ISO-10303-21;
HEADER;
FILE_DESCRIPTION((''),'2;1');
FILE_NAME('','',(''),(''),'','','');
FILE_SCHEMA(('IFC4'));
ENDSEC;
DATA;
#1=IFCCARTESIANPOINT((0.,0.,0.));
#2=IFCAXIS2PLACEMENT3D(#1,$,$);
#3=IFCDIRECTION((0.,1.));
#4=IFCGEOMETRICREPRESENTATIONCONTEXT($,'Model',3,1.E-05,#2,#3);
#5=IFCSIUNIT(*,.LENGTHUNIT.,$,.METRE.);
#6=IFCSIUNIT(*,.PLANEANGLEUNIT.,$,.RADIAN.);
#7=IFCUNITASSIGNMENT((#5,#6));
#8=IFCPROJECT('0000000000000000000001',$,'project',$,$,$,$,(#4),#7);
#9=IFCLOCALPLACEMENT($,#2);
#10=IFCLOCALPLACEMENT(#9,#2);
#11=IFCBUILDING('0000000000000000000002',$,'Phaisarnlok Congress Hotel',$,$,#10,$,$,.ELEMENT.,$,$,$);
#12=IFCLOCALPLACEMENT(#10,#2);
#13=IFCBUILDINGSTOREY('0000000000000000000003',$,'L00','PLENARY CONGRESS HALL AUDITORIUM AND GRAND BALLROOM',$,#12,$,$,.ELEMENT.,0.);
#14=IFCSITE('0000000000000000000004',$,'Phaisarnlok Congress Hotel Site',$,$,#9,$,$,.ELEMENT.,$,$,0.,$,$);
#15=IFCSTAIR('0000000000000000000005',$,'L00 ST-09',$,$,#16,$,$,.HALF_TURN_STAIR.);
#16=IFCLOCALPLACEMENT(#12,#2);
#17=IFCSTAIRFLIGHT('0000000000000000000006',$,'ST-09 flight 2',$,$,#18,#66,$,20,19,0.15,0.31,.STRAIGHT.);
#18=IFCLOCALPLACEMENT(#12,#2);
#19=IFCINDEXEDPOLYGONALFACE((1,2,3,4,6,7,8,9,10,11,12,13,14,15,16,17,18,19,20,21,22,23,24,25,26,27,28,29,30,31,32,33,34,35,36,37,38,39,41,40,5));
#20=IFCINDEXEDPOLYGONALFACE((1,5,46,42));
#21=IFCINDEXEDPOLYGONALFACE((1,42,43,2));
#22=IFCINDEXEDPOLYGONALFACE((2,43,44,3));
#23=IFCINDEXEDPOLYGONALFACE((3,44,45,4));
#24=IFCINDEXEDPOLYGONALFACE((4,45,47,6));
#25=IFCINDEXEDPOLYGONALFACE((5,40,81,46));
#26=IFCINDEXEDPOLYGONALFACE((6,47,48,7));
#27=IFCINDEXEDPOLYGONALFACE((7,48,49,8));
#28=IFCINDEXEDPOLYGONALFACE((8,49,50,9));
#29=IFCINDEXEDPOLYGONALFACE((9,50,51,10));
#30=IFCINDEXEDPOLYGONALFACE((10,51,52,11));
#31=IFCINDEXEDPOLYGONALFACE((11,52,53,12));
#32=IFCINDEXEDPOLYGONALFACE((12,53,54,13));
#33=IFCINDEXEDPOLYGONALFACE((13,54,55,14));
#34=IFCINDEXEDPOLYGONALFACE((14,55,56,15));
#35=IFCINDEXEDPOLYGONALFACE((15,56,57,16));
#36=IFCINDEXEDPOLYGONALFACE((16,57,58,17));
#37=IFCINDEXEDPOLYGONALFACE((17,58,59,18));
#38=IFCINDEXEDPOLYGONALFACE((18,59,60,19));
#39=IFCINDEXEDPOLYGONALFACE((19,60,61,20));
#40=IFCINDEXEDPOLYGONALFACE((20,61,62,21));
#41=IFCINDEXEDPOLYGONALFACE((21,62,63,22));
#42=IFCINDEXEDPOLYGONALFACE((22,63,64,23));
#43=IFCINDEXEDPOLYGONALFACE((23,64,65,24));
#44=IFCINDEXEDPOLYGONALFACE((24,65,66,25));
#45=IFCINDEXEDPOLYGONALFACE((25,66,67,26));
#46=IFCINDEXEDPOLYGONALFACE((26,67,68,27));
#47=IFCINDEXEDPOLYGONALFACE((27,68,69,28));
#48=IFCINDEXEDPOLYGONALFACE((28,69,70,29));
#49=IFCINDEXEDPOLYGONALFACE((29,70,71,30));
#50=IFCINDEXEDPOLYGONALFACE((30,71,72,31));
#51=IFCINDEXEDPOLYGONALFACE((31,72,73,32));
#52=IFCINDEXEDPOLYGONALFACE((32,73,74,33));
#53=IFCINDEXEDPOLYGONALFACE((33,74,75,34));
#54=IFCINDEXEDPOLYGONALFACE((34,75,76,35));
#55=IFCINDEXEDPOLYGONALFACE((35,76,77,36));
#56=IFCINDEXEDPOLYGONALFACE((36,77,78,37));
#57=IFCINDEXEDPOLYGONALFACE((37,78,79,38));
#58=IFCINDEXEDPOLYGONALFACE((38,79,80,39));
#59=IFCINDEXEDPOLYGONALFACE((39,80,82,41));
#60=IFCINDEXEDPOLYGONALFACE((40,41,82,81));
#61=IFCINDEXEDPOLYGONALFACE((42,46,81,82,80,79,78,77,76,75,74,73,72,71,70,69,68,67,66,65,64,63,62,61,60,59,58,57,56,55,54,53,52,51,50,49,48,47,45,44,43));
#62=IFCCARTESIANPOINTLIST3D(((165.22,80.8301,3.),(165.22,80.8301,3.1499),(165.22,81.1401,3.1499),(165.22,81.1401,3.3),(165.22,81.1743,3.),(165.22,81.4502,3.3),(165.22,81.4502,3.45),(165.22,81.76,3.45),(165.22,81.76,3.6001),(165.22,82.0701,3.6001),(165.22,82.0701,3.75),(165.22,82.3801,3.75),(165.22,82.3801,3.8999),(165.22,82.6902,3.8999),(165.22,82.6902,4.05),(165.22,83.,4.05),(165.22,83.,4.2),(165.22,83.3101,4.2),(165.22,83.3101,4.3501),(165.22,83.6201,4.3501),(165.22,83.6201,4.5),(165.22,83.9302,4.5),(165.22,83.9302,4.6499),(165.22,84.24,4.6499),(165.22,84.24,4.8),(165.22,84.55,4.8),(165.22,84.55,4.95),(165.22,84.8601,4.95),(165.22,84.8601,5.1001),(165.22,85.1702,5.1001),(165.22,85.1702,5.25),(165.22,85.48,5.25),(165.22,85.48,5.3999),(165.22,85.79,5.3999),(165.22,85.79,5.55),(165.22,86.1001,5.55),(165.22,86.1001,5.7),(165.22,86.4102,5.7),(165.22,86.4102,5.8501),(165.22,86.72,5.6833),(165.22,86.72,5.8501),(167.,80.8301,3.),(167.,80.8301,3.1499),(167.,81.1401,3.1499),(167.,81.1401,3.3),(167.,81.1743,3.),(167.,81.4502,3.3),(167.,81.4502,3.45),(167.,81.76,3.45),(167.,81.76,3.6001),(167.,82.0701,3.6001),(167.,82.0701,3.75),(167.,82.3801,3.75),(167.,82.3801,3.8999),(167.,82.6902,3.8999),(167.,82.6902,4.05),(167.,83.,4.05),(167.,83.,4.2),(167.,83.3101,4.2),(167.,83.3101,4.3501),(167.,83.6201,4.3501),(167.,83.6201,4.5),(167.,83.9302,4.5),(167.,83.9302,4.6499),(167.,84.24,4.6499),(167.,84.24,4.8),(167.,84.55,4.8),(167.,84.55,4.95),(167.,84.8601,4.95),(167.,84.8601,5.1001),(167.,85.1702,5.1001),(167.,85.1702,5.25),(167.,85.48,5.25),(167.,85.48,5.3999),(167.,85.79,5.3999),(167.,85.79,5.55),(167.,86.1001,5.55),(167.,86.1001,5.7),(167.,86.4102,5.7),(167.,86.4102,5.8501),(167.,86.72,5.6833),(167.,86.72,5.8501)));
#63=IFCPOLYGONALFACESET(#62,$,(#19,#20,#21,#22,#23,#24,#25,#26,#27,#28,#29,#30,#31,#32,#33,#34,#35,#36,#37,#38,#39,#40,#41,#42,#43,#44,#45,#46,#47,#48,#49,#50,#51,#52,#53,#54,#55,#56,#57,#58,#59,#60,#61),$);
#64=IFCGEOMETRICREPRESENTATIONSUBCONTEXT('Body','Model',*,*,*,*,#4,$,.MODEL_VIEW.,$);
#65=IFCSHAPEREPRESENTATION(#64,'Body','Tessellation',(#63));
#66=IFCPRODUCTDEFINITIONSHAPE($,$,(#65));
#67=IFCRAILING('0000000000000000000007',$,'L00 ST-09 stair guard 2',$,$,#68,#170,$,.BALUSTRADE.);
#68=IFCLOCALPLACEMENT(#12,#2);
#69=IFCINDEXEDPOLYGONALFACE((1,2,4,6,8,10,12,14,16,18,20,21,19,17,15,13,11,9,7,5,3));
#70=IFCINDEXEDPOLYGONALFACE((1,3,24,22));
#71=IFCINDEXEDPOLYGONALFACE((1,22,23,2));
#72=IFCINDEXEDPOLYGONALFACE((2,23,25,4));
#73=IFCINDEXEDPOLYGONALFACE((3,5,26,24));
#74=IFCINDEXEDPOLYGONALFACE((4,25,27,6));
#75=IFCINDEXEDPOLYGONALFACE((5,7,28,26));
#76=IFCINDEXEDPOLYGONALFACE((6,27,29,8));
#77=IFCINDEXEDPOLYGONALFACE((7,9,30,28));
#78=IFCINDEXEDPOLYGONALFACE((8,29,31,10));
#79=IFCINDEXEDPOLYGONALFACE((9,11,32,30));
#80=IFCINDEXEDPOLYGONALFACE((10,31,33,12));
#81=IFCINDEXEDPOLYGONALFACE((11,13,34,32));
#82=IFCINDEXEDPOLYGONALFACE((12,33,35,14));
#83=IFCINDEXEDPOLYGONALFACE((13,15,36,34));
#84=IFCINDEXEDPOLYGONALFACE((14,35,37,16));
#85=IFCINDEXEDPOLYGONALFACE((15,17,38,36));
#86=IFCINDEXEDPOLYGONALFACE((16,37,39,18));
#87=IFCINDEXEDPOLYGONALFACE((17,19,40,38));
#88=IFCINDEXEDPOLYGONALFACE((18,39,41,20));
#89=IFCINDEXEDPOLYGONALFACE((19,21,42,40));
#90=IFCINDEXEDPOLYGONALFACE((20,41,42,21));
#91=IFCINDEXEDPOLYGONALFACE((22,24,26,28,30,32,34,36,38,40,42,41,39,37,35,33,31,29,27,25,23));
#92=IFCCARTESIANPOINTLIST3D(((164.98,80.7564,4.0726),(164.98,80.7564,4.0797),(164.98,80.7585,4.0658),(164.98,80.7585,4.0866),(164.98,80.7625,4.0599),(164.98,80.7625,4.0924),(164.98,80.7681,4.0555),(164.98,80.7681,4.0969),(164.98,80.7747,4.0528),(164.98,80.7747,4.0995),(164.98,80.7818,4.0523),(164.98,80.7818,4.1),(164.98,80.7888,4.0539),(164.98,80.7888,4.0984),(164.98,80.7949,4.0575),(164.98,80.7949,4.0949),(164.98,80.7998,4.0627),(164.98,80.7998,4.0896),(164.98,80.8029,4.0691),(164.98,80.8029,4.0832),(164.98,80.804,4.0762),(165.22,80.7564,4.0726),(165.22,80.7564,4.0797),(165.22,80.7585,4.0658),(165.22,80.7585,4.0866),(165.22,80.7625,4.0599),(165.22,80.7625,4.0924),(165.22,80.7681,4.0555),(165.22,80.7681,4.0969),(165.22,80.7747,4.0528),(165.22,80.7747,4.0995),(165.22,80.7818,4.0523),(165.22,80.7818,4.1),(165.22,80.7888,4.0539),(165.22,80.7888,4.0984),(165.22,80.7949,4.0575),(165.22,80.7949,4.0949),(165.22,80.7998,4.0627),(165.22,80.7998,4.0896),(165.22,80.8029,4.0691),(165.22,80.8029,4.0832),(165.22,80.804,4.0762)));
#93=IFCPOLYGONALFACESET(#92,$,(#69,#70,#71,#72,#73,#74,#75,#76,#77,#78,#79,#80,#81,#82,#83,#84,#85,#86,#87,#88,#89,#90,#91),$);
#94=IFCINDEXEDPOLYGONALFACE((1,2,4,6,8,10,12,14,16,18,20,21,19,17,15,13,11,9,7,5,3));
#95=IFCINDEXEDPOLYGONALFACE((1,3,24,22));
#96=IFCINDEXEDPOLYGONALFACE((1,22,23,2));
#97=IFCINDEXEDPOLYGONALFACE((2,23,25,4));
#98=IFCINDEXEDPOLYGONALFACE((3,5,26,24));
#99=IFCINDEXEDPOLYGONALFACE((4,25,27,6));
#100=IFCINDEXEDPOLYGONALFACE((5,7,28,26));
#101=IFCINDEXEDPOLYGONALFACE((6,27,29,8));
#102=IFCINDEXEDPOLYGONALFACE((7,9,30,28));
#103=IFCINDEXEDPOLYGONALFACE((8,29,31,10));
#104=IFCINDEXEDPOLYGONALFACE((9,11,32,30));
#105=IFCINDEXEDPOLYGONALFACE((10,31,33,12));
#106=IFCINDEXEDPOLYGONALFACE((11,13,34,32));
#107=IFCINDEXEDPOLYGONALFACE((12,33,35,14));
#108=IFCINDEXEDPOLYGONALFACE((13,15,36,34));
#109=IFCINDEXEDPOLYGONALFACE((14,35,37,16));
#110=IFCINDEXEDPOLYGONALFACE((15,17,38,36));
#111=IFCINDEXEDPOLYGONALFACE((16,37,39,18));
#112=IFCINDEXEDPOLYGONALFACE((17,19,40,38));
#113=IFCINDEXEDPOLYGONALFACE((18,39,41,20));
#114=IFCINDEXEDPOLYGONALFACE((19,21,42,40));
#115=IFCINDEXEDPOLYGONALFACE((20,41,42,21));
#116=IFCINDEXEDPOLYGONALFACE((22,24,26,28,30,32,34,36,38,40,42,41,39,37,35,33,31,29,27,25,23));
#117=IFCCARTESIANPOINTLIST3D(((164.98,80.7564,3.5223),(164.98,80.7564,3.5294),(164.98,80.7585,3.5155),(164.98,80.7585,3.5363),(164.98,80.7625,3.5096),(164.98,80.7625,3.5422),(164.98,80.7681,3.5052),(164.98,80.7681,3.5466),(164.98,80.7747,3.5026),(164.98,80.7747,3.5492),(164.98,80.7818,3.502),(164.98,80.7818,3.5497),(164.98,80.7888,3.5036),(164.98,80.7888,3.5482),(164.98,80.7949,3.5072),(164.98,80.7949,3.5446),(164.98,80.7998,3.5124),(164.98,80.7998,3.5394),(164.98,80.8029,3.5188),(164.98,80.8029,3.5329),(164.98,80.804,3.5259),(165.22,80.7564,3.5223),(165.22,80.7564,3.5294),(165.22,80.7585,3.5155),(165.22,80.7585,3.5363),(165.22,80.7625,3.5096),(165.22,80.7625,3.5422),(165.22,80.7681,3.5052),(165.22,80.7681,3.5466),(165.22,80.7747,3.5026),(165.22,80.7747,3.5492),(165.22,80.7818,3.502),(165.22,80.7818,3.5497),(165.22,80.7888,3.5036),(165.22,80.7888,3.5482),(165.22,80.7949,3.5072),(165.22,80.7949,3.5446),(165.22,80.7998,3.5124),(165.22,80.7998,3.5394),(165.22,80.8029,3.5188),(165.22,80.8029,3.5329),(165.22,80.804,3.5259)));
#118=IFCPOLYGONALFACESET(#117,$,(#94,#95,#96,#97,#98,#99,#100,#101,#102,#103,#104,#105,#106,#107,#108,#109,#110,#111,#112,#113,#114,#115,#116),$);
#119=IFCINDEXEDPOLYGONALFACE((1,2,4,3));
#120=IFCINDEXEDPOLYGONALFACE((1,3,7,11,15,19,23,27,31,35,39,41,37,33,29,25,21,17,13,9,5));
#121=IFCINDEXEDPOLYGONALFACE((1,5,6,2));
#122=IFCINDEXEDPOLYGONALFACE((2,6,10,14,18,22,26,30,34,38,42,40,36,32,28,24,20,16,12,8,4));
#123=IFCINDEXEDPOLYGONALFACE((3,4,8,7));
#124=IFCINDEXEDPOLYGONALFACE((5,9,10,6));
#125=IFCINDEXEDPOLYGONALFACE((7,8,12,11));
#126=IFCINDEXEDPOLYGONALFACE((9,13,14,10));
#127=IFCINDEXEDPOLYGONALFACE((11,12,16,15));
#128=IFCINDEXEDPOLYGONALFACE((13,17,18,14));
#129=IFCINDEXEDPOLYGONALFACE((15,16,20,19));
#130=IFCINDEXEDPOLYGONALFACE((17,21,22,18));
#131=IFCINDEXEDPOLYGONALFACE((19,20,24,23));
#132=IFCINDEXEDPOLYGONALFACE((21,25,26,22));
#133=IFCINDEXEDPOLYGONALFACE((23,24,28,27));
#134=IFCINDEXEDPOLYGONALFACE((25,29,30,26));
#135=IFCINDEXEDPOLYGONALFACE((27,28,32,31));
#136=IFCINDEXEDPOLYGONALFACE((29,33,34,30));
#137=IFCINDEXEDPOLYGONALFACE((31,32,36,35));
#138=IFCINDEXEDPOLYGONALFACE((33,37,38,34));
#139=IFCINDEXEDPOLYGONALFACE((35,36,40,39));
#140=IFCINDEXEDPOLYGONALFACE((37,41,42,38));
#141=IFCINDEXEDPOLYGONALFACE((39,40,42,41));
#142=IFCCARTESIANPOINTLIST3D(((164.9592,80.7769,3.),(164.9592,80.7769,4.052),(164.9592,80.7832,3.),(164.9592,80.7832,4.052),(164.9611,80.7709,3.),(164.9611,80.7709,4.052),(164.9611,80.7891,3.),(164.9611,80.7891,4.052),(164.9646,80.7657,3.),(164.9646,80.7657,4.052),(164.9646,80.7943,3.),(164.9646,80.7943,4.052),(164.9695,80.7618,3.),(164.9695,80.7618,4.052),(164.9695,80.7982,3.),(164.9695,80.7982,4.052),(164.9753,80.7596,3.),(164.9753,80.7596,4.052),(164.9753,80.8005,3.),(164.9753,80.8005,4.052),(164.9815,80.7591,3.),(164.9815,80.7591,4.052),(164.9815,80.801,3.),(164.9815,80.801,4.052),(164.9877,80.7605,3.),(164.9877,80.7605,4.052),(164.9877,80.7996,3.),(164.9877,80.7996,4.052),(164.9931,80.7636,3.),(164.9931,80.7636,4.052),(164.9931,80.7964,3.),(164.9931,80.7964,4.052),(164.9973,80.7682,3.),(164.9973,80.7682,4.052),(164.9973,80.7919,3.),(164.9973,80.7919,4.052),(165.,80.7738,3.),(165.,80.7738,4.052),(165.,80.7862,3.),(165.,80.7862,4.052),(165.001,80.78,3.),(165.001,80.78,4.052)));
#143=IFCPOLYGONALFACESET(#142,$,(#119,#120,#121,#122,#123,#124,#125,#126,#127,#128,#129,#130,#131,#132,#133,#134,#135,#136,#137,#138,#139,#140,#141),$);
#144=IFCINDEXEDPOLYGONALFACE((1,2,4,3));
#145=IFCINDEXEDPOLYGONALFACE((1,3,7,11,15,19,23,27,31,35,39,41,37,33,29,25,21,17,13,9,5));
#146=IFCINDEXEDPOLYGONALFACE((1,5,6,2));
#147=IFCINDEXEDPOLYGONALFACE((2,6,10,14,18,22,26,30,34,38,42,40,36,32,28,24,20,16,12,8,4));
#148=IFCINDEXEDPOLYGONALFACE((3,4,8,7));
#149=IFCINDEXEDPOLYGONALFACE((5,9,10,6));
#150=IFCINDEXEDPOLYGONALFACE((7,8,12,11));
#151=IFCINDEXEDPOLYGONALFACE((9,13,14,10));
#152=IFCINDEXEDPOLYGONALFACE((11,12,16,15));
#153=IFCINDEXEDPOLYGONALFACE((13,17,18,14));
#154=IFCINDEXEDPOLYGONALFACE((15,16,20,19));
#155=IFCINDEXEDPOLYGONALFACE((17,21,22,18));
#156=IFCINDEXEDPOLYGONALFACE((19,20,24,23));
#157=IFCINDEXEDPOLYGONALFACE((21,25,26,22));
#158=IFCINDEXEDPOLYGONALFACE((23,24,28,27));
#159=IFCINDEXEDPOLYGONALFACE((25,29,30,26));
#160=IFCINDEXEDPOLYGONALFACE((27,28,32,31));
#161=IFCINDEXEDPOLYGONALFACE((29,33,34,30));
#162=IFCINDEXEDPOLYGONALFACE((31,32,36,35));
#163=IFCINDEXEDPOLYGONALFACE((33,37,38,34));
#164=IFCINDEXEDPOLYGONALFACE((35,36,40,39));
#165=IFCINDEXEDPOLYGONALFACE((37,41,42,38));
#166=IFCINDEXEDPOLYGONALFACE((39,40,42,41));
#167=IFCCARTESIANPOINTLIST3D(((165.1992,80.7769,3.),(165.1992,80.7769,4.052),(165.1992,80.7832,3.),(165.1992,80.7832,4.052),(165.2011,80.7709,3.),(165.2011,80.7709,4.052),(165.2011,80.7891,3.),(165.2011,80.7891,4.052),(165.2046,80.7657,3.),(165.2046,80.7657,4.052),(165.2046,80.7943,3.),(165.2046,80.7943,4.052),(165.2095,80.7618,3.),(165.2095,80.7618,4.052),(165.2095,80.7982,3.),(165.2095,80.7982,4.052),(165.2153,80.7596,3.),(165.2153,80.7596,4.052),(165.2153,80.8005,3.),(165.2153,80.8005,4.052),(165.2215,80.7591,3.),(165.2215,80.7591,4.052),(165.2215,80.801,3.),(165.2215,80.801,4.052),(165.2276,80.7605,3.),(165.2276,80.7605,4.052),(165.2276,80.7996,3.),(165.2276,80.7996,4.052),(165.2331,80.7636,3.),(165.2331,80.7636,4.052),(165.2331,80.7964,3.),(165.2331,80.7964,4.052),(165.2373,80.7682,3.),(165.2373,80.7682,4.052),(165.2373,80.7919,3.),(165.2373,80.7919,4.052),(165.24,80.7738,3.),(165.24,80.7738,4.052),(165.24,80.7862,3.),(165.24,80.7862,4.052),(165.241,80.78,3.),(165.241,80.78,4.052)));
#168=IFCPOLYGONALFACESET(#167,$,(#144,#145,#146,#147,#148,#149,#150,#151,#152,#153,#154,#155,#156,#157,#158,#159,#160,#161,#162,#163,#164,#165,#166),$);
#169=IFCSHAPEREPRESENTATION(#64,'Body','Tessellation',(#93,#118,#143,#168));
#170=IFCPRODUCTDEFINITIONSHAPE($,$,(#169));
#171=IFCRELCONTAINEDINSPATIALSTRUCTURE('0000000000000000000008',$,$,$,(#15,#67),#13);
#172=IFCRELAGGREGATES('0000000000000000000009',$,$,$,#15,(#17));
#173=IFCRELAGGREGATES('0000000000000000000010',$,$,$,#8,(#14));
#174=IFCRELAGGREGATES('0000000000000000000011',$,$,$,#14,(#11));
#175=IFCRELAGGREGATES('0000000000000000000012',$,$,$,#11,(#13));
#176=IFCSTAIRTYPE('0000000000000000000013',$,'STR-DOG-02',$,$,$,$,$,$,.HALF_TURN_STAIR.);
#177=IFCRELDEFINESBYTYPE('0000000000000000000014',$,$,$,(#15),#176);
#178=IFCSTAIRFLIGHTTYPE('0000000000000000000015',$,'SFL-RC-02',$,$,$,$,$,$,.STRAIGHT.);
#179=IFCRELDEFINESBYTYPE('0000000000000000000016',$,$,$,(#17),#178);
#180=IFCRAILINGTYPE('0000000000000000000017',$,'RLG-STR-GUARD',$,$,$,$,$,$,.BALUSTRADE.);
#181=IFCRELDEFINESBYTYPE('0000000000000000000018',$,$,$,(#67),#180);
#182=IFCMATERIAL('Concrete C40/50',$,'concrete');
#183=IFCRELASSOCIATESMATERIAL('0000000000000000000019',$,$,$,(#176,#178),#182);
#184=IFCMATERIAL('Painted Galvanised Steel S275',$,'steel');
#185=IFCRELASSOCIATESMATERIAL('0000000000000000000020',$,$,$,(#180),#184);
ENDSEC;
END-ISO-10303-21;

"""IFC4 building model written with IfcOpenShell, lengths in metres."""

from ifc_helpers import new_model, si_unit, direction, frame, origin, origin_2d, place, context, subcontext, project, spatial, polyline, circle, outline, extrude, material, type_object, element, aggregate, save


model = new_model("IFC4")

# Units and contexts
model_context = context("Model", 3, precision=1e-05, world=origin(), true_north=direction((0.0, 1.0)))
body_context = subcontext(model_context, "Body", "Model", "MODEL_VIEW")
ifc_project = project(units=[si_unit("LENGTHUNIT", "METRE"), si_unit("PLANEANGLEUNIT", "RADIAN")], contexts=[model_context])

# Site, building, storey
site_placement = place(None, origin())
site = spatial("IfcSite", under=ifc_project, at=site_placement, Name="Phaisarnlok Congress Hotel Site", CompositionType="ELEMENT", RefElevation=0.0)
building_placement = place(site_placement, origin())
building = spatial("IfcBuilding", under=site, at=building_placement, Name="Phaisarnlok Congress Hotel", CompositionType="ELEMENT")
storey_placement = place(building_placement, origin())
storey = spatial("IfcBuildingStorey", under=building, at=storey_placement, Name="L00", Description="PLENARY CONGRESS HALL AUDITORIUM AND GRAND BALLROOM", CompositionType="ELEMENT", Elevation=0.0)

# Shared definitions
ifc_material_1 = material(Name="Concrete C40/50", Category="concrete")

# Stair, stair flight
stair_type = type_object("IfcStairType", Name="STR-DOG-02", PredefinedType="HALF_TURN_STAIR", material=ifc_material_1)
stair_placement = place(storey_placement, origin())
stair = element("IfcStair", 1, at=stair_placement, inside=storey, type_object=stair_type, Name="L00 ST-09", PredefinedType="HALF_TURN_STAIR")
stair_flight_type = type_object("IfcStairFlightType", Name="SFL-RC-02", PredefinedType="STRAIGHT", material=ifc_material_1)
stair_flight_1_placement = place(storey_placement, frame((166.1101, 80.8301, 3.0), z_axis=(0.0, 0.0, 1.0), x_axis=(0.0, 1.0, 0.0)))
stair_flight_1 = element("IfcStairFlight", 2, at=stair_flight_1_placement, type_object=stair_flight_type, Name="ST-09 flight 2", NumberOfRisers=20, NumberOfTreads=19, PredefinedType="STRAIGHT", RiserHeight=0.15, TreadLength=0.31, context=body_context, shape_type="SweptSolid", body=[
    extrude(outline(polyline([(0.0, 0.0), (0.0, 0.1499), (0.3101, 0.1499), (0.3101, 0.3), (0.6201, 0.3), (0.6201, 0.45), (0.9299, 0.45), (0.9299, 0.6001), (1.24, 0.6001), (1.24, 0.75), (1.55, 0.75), (1.55, 0.8999), (1.8601, 0.8999), (1.8601, 1.05), (2.1699, 1.05), (2.1699, 1.2), (2.48, 1.2), (2.48, 1.3501), (2.79, 1.3501), (2.79, 1.5), (3.1001, 1.5), (3.1001, 1.6499), (3.4099, 1.6499), (3.4099, 1.8), (3.72, 1.8), (3.72, 1.95), (4.03, 1.95), (4.03, 2.1001), (4.3401, 2.1001), (4.3401, 2.25), (4.6499, 2.25), (4.6499, 2.3999), (4.96, 2.3999), (4.96, 2.55), (5.27, 2.55), (5.27, 2.7), (5.5801, 2.7), (5.5801, 2.8501), (5.8899, 2.8501), (5.8899, 3.0), (5.8899, 2.6833), (0.3442, 0.0), (0.0, 0.0)])), frame((0.0, 0.8901, 0.0), z_axis=(0.0, -1.0, 0.0), x_axis=(1.0, 0.0, 0.0)), (0.0, 0.0, 1.0), 1.78),
])
aggregate(stair, [stair_flight_1])

# Railing
ifc_material_2 = material(Name="Painted Galvanised Steel S275", Category="steel")
railing_type_1 = type_object("IfcRailingType", Name="RLG-STR-GUARD", PredefinedType="BALUSTRADE", material=ifc_material_2)
railing_1_placement = place(storey_placement, frame((164.98, 80.78, 3.0)))
element("IfcRailing", 3, at=railing_1_placement, inside=storey, type_object=railing_type_1, Name="L00 ST-09 stair guard 2", PredefinedType="BALUSTRADE", context=body_context, shape_type="SweptSolid", body=[
    extrude(circle(Radius=0.0239, at=origin_2d()), frame((0.0, 0.0, 1.0762), z_axis=(1.0, 0.0, 0.0), x_axis=(0.0, 1.0, 0.0)), (0.0, 0.0, 1.0), 0.24),
    extrude(circle(Radius=0.0239, at=origin_2d()), frame((0.0, 0.0, 0.5259), z_axis=(1.0, 0.0, 0.0), x_axis=(0.0, 1.0, 0.0)), (0.0, 0.0, 1.0), 0.24),
    extrude(circle(Radius=0.021, at=origin_2d()), origin(), (0.0, 0.0, 1.0), 1.052),
    extrude(circle(Radius=0.021, at=origin_2d()), frame((0.24, 0.0, 0.0)), (0.0, 0.0, 1.0), 1.052),
])

save(model, "model.ifc")
